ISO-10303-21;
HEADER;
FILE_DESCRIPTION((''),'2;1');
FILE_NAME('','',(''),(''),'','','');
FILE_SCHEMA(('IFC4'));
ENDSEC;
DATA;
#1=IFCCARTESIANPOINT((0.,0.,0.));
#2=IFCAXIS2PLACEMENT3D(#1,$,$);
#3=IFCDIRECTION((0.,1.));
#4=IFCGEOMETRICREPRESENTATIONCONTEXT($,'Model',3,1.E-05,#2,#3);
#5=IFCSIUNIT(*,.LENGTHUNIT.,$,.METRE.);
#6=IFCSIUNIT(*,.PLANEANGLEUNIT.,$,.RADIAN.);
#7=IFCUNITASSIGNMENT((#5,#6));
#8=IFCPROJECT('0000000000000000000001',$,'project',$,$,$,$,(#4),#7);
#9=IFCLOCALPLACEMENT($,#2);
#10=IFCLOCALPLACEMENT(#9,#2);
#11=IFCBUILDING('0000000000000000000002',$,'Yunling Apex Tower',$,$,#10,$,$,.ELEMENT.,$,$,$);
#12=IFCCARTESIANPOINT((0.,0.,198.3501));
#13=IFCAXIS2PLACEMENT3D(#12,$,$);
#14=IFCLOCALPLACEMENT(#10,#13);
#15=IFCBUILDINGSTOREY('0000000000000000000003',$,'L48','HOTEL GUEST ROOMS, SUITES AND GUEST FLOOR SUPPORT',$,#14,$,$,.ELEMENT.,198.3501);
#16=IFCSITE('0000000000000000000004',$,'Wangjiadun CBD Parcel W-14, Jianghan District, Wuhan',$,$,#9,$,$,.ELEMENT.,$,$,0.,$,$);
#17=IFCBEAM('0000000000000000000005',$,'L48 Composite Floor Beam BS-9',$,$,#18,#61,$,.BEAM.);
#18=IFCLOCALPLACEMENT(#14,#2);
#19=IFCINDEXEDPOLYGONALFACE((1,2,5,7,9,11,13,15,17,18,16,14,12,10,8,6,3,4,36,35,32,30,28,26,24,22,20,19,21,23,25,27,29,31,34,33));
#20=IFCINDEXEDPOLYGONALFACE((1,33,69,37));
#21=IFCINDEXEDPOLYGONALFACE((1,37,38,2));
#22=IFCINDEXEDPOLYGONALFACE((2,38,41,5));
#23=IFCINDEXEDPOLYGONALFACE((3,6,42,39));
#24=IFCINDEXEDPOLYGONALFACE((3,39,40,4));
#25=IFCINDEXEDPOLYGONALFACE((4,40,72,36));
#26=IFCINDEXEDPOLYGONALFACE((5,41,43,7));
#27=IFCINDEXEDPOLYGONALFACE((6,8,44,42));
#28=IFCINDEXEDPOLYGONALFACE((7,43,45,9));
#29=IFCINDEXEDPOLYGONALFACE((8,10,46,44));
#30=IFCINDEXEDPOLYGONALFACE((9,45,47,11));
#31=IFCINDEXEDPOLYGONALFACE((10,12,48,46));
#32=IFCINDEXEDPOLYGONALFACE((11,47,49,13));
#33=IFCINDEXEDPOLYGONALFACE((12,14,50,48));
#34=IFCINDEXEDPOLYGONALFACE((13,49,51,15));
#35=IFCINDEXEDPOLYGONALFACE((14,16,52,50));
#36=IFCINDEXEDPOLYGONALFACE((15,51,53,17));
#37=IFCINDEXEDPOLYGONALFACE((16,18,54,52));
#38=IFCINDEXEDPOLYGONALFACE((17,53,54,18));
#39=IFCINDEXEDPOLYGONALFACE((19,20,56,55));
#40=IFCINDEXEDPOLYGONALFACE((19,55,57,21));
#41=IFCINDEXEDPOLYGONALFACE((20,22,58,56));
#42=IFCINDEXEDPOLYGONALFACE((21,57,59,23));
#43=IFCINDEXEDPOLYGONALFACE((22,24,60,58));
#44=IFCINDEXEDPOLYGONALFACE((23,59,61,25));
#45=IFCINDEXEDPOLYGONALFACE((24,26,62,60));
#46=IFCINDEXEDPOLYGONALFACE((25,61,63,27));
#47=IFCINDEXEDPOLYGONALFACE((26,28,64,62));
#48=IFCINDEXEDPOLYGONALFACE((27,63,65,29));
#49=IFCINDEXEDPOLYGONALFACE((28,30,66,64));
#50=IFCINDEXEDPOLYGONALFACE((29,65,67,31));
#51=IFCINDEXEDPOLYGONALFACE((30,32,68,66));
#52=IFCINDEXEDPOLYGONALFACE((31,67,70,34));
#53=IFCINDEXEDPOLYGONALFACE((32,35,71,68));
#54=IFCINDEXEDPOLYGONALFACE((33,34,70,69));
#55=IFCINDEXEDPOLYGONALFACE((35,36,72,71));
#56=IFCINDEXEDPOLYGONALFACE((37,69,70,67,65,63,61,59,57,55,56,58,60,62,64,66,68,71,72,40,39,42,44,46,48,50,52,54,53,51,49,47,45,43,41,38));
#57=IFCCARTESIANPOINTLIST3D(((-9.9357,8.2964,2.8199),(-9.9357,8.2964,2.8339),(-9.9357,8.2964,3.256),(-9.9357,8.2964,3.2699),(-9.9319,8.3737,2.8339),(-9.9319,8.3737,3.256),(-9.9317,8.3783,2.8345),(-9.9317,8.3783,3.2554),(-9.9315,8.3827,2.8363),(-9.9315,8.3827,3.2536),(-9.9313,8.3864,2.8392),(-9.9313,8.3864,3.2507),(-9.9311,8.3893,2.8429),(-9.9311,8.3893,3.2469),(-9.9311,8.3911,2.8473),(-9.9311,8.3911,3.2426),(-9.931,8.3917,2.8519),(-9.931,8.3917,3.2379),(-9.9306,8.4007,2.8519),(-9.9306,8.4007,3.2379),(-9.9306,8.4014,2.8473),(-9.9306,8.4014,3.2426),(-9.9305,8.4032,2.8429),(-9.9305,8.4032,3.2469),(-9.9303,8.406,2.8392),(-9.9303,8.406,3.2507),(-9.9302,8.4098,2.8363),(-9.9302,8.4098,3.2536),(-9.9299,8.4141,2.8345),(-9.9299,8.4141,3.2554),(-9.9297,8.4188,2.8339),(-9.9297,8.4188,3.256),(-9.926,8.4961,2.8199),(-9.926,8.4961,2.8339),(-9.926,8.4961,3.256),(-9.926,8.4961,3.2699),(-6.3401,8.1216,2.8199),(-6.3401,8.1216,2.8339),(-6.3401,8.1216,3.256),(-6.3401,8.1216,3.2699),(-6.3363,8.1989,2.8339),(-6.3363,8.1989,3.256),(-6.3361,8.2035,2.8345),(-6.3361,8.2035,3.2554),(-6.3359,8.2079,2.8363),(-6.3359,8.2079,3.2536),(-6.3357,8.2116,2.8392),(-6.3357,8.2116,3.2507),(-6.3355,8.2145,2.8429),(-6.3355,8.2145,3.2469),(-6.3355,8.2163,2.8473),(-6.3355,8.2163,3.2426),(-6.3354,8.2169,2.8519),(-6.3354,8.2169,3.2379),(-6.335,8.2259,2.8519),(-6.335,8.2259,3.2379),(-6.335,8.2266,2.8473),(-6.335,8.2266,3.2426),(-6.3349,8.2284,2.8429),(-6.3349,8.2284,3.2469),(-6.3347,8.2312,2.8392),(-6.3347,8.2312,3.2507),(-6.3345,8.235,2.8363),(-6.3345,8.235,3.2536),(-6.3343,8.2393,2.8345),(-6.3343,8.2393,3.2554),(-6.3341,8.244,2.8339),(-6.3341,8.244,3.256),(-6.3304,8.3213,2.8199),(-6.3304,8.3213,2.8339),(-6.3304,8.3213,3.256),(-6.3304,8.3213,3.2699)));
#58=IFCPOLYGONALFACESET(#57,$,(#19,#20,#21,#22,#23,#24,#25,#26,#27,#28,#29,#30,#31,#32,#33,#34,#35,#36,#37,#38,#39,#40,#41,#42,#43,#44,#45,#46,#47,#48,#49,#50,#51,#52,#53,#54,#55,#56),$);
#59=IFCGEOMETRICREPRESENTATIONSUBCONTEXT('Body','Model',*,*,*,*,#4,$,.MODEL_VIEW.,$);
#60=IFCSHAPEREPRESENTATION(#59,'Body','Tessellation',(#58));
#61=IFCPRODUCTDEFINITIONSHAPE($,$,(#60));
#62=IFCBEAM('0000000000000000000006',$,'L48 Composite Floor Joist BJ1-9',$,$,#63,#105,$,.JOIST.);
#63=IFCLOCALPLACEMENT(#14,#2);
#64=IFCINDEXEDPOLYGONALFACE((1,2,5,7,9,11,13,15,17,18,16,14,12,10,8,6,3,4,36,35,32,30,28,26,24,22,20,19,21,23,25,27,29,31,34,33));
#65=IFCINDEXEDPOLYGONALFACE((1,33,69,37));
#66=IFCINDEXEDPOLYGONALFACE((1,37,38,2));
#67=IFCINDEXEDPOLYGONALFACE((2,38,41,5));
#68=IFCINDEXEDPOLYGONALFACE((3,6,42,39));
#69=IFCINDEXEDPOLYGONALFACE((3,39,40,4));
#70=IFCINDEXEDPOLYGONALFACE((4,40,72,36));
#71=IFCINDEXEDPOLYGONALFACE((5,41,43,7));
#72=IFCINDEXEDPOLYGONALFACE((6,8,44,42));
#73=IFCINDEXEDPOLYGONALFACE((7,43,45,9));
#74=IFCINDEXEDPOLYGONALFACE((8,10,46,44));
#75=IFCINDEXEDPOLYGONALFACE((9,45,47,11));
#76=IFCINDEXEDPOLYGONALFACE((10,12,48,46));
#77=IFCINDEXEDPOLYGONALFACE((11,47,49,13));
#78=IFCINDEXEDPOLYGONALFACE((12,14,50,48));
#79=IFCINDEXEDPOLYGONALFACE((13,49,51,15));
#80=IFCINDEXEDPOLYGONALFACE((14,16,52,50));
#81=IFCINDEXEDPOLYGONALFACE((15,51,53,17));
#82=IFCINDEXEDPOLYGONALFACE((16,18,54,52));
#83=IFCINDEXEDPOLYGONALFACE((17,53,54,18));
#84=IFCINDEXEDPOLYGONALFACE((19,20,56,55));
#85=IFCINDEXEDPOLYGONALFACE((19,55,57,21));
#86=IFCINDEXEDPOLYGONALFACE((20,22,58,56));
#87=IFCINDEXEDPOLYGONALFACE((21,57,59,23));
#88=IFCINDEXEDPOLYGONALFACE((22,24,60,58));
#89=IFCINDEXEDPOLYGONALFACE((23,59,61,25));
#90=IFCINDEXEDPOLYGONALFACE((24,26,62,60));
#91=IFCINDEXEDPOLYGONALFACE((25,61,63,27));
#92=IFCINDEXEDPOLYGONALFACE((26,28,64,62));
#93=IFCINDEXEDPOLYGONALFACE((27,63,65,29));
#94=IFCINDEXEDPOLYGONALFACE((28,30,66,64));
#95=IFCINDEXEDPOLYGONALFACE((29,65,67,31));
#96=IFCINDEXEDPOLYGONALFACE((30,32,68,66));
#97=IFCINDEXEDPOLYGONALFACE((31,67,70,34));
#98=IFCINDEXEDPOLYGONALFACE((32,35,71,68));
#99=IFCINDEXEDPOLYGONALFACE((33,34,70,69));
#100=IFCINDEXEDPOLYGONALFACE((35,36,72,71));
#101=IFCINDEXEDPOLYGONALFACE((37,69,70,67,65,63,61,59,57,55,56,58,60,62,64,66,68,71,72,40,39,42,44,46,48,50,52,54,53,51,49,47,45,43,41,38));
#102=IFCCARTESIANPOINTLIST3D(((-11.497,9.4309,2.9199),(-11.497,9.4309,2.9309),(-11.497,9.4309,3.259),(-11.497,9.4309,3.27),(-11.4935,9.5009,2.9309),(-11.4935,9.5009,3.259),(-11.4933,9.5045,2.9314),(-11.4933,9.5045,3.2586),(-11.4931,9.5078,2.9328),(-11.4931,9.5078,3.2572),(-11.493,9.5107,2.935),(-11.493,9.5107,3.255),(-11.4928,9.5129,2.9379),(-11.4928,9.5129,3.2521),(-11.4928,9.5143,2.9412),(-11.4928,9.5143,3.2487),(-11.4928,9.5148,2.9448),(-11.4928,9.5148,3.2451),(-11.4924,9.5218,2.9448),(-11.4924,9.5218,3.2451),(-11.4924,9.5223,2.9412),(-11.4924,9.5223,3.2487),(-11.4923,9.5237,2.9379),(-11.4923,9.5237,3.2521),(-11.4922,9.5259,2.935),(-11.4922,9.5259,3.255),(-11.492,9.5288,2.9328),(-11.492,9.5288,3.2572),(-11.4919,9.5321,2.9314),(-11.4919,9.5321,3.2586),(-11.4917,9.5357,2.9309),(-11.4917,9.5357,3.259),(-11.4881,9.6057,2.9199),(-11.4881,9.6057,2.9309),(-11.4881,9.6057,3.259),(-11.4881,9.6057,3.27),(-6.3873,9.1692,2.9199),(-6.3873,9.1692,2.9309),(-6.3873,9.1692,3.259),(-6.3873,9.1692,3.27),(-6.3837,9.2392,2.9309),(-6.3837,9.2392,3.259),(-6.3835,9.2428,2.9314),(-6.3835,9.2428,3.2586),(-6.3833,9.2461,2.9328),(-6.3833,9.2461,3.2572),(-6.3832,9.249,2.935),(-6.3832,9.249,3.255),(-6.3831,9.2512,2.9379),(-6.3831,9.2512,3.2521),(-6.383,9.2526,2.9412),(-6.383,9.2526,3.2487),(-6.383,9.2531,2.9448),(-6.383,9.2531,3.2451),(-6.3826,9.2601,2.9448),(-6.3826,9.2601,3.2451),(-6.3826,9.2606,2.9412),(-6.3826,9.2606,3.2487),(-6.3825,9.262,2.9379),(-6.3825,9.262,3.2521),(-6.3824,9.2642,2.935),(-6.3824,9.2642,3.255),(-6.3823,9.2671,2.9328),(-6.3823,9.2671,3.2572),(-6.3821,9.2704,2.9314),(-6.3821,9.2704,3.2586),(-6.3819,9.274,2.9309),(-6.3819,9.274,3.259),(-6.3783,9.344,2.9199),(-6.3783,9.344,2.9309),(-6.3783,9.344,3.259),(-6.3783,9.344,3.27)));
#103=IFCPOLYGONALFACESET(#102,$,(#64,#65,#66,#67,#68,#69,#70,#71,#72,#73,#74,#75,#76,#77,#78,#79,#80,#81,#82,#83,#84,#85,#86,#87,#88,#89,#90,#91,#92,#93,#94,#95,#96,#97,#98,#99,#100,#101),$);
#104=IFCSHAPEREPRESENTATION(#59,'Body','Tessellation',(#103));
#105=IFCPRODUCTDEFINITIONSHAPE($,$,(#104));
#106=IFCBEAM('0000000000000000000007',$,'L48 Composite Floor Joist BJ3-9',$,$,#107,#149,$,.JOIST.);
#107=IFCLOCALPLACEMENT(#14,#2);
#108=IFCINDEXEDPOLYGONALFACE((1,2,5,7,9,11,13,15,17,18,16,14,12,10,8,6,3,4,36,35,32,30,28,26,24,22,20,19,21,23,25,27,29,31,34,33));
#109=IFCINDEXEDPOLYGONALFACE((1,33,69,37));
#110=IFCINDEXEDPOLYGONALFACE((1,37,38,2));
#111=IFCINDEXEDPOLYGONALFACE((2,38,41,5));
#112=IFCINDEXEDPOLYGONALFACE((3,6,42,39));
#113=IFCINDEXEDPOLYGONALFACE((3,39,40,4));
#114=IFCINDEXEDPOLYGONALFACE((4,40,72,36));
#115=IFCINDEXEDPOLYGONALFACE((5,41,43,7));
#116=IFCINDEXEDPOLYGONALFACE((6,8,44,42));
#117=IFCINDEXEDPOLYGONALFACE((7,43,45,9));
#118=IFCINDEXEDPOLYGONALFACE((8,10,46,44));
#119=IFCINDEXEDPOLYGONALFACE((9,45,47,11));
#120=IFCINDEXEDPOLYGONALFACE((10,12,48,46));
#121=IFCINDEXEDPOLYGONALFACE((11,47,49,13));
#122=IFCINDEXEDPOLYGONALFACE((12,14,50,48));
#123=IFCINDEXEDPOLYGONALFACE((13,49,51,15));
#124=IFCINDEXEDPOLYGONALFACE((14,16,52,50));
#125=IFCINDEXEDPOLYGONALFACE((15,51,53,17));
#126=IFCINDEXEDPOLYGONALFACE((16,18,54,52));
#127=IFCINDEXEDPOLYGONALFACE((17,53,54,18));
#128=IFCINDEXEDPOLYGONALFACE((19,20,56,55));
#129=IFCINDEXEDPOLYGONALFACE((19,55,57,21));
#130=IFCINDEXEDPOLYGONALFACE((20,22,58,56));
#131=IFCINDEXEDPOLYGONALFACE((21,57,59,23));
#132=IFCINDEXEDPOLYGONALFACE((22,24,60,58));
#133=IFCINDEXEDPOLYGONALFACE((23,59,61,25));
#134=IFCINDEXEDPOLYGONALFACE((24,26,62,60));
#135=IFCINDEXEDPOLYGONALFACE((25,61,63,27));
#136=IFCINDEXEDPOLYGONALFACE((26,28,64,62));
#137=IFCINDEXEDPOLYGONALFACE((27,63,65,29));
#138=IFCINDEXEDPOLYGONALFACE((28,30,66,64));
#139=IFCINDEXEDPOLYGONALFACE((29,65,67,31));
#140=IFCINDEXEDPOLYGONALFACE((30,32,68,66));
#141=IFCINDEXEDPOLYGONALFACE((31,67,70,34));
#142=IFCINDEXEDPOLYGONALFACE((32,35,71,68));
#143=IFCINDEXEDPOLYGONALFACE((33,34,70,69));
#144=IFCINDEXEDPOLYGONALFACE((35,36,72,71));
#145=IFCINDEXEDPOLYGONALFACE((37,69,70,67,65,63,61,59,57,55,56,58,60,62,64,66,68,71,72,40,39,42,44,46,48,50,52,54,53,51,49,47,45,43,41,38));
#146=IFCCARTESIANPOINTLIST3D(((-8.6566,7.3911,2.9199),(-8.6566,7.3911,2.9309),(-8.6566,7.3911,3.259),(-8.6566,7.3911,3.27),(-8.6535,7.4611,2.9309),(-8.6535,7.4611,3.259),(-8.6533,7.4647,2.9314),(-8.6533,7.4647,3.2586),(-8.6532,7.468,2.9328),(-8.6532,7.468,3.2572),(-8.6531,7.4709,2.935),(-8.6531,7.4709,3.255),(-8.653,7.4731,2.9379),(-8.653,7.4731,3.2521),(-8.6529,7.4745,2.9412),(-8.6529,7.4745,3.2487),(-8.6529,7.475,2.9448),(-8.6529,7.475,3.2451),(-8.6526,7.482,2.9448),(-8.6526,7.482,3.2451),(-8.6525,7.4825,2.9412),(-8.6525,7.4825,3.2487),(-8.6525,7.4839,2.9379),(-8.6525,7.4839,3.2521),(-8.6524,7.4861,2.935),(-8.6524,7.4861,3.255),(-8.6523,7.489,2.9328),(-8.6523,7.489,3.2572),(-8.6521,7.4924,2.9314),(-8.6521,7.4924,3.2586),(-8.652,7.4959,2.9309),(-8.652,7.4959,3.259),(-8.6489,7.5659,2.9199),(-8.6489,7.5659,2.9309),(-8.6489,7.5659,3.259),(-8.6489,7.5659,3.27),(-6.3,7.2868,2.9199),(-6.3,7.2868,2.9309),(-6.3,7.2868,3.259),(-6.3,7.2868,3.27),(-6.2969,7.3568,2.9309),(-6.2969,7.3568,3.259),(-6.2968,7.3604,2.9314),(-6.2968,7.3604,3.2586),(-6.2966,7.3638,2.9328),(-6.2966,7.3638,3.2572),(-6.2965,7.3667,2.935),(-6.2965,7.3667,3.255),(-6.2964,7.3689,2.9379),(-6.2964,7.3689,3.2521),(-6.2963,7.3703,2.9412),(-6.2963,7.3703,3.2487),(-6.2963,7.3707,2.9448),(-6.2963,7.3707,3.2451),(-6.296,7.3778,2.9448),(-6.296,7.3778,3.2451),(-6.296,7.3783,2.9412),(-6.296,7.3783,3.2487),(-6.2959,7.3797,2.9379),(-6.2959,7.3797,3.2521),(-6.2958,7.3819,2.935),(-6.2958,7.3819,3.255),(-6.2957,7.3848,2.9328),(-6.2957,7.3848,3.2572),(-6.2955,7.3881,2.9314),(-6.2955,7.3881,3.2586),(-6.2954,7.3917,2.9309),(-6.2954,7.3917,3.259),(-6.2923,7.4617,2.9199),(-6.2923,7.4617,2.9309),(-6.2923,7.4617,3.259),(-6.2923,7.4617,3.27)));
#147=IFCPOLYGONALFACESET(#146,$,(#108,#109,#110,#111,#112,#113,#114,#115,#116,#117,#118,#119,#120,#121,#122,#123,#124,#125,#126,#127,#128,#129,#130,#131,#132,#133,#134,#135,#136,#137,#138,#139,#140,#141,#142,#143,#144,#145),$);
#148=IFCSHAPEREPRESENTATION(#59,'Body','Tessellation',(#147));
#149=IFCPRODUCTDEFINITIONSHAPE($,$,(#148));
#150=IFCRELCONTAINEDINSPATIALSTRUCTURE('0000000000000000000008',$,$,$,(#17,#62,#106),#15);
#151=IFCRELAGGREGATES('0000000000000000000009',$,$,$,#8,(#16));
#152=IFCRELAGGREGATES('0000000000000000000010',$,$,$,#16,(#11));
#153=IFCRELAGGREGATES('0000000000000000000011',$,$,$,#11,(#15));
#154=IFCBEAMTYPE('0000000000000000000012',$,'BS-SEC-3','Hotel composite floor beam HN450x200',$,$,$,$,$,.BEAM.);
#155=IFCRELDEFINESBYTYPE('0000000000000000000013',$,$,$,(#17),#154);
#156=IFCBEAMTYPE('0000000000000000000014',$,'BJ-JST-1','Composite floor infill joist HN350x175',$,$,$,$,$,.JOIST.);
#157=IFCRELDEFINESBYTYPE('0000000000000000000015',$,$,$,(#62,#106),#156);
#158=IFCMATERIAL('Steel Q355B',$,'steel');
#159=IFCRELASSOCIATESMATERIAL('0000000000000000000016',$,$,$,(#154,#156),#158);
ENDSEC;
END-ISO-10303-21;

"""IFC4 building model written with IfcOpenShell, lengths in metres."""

from ifc_helpers import new_model, si_unit, direction, frame, origin, origin_2d, place, context, subcontext, project, spatial, i_section, extrude, source, transform, mapped, material, material_profile, profile_set, type_object, element, save


model = new_model("IFC4")

# Units and contexts
model_context = context("Model", 3, precision=1e-05, world=origin(), true_north=direction((0.0, 1.0)))
body_context = subcontext(model_context, "Body", "Model", "MODEL_VIEW")
ifc_project = project(units=[si_unit("LENGTHUNIT", "METRE"), si_unit("PLANEANGLEUNIT", "RADIAN")], contexts=[model_context])

# Site, building, storey
site_placement = place(None, origin())
site = spatial("IfcSite", under=ifc_project, at=site_placement, Name="Wangjiadun CBD Parcel W-14, Jianghan District, Wuhan", CompositionType="ELEMENT", RefElevation=0.0)
building_placement = place(site_placement, origin())
building = spatial("IfcBuilding", under=site, at=building_placement, Name="Yunling Apex Tower", CompositionType="ELEMENT")
storey_placement = place(building_placement, frame((0.0, 0.0, 198.3501)))
storey = spatial("IfcBuildingStorey", under=building, at=storey_placement, Name="L48", Description="HOTEL GUEST ROOMS, SUITES AND GUEST FLOOR SUPPORT", CompositionType="ELEMENT", Elevation=198.3501)

# Beams
ifc_material_1 = material(Name="Steel Q355B", Category="steel")
ifc_material_profile_1 = material_profile(ifc_material_1, i_section(OverallWidth=0.2, OverallDepth=0.45, WebThickness=0.009, FlangeThickness=0.0139, FilletRadius=0.0181, at=origin_2d()))
ifc_profile_set_1 = profile_set([ifc_material_profile_1], Name="Steel Q355B")
beam_type_1 = type_object("IfcBeamType", Name="BS-SEC-3", Description="Hotel composite floor beam HN450x200", PredefinedType="BEAM", material=ifc_profile_set_1)
shared_shape_1 = source(origin(), body_context, "Body", "SweptSolid", [
    extrude(i_section(OverallWidth=0.2, OverallDepth=0.45, WebThickness=0.009, FlangeThickness=0.0139, FilletRadius=0.0181, at=origin_2d()), origin(), (0.0, 0.0, 1.0), 3.5999),
])
beam_1_placement = place(storey_placement, frame((-6.3352, 8.2214, 3.0449), z_axis=(-0.99882, 0.048558, 0.0), x_axis=(-0.048558, -0.99882, 0.0)))
element("IfcBeam", 1, at=beam_1_placement, inside=storey, type_object=beam_type_1, Name="L48 Composite Floor Beam BS-9", PredefinedType="BEAM", context=body_context, shape_type="MappedRepresentation", body=[
    mapped(shared_shape_1, transform((0.0, 0.0, 0.0), scale=1.0)),
])
ifc_material_profile_2 = material_profile(ifc_material_1, i_section(OverallWidth=0.175, OverallDepth=0.3501, WebThickness=0.0071, FlangeThickness=0.011, FilletRadius=0.0139, at=origin_2d()))
ifc_profile_set_2 = profile_set([ifc_material_profile_2], Name="Steel Q355B")
beam_type_2 = type_object("IfcBeamType", Name="BJ-JST-1", Description="Composite floor infill joist HN350x175", PredefinedType="JOIST", material=ifc_profile_set_2)
shared_shape_2 = source(origin(), body_context, "Body", "SweptSolid", [
    extrude(i_section(OverallWidth=0.175, OverallDepth=0.3501, WebThickness=0.0071, FlangeThickness=0.011, FilletRadius=0.0139, at=origin_2d()), origin(), (0.0, 0.0, 1.0), 5.1165),
])
beam_2_placement = place(storey_placement, frame((-6.3828, 9.2566, 3.095), z_axis=(-0.998691, 0.051151, 0.0), x_axis=(-0.051151, -0.998691, 0.0)))
element("IfcBeam", 2, at=beam_2_placement, inside=storey, type_object=beam_type_2, Name="L48 Composite Floor Joist BJ1-9", PredefinedType="JOIST", context=body_context, shape_type="MappedRepresentation", body=[
    mapped(shared_shape_2, transform((0.0, 0.0, 0.0), scale=1.0)),
])
shared_shape_3 = source(origin(), body_context, "Body", "SweptSolid", [
    extrude(i_section(OverallWidth=0.175, OverallDepth=0.3501, WebThickness=0.0071, FlangeThickness=0.011, FilletRadius=0.0139, at=origin_2d()), origin(), (0.0, 0.0, 1.0), 2.3589),
])
beam_3_placement = place(storey_placement, frame((-6.2961, 7.3743, 3.095), z_axis=(-0.999023, 0.044192, 0.0), x_axis=(-0.044192, -0.999023, 0.0)))
element("IfcBeam", 3, at=beam_3_placement, inside=storey, type_object=beam_type_2, Name="L48 Composite Floor Joist BJ3-9", PredefinedType="JOIST", context=body_context, shape_type="MappedRepresentation", body=[
    mapped(shared_shape_3, transform((0.0, 0.0, 0.0), scale=1.0)),
])

save(model, "model.ifc")
